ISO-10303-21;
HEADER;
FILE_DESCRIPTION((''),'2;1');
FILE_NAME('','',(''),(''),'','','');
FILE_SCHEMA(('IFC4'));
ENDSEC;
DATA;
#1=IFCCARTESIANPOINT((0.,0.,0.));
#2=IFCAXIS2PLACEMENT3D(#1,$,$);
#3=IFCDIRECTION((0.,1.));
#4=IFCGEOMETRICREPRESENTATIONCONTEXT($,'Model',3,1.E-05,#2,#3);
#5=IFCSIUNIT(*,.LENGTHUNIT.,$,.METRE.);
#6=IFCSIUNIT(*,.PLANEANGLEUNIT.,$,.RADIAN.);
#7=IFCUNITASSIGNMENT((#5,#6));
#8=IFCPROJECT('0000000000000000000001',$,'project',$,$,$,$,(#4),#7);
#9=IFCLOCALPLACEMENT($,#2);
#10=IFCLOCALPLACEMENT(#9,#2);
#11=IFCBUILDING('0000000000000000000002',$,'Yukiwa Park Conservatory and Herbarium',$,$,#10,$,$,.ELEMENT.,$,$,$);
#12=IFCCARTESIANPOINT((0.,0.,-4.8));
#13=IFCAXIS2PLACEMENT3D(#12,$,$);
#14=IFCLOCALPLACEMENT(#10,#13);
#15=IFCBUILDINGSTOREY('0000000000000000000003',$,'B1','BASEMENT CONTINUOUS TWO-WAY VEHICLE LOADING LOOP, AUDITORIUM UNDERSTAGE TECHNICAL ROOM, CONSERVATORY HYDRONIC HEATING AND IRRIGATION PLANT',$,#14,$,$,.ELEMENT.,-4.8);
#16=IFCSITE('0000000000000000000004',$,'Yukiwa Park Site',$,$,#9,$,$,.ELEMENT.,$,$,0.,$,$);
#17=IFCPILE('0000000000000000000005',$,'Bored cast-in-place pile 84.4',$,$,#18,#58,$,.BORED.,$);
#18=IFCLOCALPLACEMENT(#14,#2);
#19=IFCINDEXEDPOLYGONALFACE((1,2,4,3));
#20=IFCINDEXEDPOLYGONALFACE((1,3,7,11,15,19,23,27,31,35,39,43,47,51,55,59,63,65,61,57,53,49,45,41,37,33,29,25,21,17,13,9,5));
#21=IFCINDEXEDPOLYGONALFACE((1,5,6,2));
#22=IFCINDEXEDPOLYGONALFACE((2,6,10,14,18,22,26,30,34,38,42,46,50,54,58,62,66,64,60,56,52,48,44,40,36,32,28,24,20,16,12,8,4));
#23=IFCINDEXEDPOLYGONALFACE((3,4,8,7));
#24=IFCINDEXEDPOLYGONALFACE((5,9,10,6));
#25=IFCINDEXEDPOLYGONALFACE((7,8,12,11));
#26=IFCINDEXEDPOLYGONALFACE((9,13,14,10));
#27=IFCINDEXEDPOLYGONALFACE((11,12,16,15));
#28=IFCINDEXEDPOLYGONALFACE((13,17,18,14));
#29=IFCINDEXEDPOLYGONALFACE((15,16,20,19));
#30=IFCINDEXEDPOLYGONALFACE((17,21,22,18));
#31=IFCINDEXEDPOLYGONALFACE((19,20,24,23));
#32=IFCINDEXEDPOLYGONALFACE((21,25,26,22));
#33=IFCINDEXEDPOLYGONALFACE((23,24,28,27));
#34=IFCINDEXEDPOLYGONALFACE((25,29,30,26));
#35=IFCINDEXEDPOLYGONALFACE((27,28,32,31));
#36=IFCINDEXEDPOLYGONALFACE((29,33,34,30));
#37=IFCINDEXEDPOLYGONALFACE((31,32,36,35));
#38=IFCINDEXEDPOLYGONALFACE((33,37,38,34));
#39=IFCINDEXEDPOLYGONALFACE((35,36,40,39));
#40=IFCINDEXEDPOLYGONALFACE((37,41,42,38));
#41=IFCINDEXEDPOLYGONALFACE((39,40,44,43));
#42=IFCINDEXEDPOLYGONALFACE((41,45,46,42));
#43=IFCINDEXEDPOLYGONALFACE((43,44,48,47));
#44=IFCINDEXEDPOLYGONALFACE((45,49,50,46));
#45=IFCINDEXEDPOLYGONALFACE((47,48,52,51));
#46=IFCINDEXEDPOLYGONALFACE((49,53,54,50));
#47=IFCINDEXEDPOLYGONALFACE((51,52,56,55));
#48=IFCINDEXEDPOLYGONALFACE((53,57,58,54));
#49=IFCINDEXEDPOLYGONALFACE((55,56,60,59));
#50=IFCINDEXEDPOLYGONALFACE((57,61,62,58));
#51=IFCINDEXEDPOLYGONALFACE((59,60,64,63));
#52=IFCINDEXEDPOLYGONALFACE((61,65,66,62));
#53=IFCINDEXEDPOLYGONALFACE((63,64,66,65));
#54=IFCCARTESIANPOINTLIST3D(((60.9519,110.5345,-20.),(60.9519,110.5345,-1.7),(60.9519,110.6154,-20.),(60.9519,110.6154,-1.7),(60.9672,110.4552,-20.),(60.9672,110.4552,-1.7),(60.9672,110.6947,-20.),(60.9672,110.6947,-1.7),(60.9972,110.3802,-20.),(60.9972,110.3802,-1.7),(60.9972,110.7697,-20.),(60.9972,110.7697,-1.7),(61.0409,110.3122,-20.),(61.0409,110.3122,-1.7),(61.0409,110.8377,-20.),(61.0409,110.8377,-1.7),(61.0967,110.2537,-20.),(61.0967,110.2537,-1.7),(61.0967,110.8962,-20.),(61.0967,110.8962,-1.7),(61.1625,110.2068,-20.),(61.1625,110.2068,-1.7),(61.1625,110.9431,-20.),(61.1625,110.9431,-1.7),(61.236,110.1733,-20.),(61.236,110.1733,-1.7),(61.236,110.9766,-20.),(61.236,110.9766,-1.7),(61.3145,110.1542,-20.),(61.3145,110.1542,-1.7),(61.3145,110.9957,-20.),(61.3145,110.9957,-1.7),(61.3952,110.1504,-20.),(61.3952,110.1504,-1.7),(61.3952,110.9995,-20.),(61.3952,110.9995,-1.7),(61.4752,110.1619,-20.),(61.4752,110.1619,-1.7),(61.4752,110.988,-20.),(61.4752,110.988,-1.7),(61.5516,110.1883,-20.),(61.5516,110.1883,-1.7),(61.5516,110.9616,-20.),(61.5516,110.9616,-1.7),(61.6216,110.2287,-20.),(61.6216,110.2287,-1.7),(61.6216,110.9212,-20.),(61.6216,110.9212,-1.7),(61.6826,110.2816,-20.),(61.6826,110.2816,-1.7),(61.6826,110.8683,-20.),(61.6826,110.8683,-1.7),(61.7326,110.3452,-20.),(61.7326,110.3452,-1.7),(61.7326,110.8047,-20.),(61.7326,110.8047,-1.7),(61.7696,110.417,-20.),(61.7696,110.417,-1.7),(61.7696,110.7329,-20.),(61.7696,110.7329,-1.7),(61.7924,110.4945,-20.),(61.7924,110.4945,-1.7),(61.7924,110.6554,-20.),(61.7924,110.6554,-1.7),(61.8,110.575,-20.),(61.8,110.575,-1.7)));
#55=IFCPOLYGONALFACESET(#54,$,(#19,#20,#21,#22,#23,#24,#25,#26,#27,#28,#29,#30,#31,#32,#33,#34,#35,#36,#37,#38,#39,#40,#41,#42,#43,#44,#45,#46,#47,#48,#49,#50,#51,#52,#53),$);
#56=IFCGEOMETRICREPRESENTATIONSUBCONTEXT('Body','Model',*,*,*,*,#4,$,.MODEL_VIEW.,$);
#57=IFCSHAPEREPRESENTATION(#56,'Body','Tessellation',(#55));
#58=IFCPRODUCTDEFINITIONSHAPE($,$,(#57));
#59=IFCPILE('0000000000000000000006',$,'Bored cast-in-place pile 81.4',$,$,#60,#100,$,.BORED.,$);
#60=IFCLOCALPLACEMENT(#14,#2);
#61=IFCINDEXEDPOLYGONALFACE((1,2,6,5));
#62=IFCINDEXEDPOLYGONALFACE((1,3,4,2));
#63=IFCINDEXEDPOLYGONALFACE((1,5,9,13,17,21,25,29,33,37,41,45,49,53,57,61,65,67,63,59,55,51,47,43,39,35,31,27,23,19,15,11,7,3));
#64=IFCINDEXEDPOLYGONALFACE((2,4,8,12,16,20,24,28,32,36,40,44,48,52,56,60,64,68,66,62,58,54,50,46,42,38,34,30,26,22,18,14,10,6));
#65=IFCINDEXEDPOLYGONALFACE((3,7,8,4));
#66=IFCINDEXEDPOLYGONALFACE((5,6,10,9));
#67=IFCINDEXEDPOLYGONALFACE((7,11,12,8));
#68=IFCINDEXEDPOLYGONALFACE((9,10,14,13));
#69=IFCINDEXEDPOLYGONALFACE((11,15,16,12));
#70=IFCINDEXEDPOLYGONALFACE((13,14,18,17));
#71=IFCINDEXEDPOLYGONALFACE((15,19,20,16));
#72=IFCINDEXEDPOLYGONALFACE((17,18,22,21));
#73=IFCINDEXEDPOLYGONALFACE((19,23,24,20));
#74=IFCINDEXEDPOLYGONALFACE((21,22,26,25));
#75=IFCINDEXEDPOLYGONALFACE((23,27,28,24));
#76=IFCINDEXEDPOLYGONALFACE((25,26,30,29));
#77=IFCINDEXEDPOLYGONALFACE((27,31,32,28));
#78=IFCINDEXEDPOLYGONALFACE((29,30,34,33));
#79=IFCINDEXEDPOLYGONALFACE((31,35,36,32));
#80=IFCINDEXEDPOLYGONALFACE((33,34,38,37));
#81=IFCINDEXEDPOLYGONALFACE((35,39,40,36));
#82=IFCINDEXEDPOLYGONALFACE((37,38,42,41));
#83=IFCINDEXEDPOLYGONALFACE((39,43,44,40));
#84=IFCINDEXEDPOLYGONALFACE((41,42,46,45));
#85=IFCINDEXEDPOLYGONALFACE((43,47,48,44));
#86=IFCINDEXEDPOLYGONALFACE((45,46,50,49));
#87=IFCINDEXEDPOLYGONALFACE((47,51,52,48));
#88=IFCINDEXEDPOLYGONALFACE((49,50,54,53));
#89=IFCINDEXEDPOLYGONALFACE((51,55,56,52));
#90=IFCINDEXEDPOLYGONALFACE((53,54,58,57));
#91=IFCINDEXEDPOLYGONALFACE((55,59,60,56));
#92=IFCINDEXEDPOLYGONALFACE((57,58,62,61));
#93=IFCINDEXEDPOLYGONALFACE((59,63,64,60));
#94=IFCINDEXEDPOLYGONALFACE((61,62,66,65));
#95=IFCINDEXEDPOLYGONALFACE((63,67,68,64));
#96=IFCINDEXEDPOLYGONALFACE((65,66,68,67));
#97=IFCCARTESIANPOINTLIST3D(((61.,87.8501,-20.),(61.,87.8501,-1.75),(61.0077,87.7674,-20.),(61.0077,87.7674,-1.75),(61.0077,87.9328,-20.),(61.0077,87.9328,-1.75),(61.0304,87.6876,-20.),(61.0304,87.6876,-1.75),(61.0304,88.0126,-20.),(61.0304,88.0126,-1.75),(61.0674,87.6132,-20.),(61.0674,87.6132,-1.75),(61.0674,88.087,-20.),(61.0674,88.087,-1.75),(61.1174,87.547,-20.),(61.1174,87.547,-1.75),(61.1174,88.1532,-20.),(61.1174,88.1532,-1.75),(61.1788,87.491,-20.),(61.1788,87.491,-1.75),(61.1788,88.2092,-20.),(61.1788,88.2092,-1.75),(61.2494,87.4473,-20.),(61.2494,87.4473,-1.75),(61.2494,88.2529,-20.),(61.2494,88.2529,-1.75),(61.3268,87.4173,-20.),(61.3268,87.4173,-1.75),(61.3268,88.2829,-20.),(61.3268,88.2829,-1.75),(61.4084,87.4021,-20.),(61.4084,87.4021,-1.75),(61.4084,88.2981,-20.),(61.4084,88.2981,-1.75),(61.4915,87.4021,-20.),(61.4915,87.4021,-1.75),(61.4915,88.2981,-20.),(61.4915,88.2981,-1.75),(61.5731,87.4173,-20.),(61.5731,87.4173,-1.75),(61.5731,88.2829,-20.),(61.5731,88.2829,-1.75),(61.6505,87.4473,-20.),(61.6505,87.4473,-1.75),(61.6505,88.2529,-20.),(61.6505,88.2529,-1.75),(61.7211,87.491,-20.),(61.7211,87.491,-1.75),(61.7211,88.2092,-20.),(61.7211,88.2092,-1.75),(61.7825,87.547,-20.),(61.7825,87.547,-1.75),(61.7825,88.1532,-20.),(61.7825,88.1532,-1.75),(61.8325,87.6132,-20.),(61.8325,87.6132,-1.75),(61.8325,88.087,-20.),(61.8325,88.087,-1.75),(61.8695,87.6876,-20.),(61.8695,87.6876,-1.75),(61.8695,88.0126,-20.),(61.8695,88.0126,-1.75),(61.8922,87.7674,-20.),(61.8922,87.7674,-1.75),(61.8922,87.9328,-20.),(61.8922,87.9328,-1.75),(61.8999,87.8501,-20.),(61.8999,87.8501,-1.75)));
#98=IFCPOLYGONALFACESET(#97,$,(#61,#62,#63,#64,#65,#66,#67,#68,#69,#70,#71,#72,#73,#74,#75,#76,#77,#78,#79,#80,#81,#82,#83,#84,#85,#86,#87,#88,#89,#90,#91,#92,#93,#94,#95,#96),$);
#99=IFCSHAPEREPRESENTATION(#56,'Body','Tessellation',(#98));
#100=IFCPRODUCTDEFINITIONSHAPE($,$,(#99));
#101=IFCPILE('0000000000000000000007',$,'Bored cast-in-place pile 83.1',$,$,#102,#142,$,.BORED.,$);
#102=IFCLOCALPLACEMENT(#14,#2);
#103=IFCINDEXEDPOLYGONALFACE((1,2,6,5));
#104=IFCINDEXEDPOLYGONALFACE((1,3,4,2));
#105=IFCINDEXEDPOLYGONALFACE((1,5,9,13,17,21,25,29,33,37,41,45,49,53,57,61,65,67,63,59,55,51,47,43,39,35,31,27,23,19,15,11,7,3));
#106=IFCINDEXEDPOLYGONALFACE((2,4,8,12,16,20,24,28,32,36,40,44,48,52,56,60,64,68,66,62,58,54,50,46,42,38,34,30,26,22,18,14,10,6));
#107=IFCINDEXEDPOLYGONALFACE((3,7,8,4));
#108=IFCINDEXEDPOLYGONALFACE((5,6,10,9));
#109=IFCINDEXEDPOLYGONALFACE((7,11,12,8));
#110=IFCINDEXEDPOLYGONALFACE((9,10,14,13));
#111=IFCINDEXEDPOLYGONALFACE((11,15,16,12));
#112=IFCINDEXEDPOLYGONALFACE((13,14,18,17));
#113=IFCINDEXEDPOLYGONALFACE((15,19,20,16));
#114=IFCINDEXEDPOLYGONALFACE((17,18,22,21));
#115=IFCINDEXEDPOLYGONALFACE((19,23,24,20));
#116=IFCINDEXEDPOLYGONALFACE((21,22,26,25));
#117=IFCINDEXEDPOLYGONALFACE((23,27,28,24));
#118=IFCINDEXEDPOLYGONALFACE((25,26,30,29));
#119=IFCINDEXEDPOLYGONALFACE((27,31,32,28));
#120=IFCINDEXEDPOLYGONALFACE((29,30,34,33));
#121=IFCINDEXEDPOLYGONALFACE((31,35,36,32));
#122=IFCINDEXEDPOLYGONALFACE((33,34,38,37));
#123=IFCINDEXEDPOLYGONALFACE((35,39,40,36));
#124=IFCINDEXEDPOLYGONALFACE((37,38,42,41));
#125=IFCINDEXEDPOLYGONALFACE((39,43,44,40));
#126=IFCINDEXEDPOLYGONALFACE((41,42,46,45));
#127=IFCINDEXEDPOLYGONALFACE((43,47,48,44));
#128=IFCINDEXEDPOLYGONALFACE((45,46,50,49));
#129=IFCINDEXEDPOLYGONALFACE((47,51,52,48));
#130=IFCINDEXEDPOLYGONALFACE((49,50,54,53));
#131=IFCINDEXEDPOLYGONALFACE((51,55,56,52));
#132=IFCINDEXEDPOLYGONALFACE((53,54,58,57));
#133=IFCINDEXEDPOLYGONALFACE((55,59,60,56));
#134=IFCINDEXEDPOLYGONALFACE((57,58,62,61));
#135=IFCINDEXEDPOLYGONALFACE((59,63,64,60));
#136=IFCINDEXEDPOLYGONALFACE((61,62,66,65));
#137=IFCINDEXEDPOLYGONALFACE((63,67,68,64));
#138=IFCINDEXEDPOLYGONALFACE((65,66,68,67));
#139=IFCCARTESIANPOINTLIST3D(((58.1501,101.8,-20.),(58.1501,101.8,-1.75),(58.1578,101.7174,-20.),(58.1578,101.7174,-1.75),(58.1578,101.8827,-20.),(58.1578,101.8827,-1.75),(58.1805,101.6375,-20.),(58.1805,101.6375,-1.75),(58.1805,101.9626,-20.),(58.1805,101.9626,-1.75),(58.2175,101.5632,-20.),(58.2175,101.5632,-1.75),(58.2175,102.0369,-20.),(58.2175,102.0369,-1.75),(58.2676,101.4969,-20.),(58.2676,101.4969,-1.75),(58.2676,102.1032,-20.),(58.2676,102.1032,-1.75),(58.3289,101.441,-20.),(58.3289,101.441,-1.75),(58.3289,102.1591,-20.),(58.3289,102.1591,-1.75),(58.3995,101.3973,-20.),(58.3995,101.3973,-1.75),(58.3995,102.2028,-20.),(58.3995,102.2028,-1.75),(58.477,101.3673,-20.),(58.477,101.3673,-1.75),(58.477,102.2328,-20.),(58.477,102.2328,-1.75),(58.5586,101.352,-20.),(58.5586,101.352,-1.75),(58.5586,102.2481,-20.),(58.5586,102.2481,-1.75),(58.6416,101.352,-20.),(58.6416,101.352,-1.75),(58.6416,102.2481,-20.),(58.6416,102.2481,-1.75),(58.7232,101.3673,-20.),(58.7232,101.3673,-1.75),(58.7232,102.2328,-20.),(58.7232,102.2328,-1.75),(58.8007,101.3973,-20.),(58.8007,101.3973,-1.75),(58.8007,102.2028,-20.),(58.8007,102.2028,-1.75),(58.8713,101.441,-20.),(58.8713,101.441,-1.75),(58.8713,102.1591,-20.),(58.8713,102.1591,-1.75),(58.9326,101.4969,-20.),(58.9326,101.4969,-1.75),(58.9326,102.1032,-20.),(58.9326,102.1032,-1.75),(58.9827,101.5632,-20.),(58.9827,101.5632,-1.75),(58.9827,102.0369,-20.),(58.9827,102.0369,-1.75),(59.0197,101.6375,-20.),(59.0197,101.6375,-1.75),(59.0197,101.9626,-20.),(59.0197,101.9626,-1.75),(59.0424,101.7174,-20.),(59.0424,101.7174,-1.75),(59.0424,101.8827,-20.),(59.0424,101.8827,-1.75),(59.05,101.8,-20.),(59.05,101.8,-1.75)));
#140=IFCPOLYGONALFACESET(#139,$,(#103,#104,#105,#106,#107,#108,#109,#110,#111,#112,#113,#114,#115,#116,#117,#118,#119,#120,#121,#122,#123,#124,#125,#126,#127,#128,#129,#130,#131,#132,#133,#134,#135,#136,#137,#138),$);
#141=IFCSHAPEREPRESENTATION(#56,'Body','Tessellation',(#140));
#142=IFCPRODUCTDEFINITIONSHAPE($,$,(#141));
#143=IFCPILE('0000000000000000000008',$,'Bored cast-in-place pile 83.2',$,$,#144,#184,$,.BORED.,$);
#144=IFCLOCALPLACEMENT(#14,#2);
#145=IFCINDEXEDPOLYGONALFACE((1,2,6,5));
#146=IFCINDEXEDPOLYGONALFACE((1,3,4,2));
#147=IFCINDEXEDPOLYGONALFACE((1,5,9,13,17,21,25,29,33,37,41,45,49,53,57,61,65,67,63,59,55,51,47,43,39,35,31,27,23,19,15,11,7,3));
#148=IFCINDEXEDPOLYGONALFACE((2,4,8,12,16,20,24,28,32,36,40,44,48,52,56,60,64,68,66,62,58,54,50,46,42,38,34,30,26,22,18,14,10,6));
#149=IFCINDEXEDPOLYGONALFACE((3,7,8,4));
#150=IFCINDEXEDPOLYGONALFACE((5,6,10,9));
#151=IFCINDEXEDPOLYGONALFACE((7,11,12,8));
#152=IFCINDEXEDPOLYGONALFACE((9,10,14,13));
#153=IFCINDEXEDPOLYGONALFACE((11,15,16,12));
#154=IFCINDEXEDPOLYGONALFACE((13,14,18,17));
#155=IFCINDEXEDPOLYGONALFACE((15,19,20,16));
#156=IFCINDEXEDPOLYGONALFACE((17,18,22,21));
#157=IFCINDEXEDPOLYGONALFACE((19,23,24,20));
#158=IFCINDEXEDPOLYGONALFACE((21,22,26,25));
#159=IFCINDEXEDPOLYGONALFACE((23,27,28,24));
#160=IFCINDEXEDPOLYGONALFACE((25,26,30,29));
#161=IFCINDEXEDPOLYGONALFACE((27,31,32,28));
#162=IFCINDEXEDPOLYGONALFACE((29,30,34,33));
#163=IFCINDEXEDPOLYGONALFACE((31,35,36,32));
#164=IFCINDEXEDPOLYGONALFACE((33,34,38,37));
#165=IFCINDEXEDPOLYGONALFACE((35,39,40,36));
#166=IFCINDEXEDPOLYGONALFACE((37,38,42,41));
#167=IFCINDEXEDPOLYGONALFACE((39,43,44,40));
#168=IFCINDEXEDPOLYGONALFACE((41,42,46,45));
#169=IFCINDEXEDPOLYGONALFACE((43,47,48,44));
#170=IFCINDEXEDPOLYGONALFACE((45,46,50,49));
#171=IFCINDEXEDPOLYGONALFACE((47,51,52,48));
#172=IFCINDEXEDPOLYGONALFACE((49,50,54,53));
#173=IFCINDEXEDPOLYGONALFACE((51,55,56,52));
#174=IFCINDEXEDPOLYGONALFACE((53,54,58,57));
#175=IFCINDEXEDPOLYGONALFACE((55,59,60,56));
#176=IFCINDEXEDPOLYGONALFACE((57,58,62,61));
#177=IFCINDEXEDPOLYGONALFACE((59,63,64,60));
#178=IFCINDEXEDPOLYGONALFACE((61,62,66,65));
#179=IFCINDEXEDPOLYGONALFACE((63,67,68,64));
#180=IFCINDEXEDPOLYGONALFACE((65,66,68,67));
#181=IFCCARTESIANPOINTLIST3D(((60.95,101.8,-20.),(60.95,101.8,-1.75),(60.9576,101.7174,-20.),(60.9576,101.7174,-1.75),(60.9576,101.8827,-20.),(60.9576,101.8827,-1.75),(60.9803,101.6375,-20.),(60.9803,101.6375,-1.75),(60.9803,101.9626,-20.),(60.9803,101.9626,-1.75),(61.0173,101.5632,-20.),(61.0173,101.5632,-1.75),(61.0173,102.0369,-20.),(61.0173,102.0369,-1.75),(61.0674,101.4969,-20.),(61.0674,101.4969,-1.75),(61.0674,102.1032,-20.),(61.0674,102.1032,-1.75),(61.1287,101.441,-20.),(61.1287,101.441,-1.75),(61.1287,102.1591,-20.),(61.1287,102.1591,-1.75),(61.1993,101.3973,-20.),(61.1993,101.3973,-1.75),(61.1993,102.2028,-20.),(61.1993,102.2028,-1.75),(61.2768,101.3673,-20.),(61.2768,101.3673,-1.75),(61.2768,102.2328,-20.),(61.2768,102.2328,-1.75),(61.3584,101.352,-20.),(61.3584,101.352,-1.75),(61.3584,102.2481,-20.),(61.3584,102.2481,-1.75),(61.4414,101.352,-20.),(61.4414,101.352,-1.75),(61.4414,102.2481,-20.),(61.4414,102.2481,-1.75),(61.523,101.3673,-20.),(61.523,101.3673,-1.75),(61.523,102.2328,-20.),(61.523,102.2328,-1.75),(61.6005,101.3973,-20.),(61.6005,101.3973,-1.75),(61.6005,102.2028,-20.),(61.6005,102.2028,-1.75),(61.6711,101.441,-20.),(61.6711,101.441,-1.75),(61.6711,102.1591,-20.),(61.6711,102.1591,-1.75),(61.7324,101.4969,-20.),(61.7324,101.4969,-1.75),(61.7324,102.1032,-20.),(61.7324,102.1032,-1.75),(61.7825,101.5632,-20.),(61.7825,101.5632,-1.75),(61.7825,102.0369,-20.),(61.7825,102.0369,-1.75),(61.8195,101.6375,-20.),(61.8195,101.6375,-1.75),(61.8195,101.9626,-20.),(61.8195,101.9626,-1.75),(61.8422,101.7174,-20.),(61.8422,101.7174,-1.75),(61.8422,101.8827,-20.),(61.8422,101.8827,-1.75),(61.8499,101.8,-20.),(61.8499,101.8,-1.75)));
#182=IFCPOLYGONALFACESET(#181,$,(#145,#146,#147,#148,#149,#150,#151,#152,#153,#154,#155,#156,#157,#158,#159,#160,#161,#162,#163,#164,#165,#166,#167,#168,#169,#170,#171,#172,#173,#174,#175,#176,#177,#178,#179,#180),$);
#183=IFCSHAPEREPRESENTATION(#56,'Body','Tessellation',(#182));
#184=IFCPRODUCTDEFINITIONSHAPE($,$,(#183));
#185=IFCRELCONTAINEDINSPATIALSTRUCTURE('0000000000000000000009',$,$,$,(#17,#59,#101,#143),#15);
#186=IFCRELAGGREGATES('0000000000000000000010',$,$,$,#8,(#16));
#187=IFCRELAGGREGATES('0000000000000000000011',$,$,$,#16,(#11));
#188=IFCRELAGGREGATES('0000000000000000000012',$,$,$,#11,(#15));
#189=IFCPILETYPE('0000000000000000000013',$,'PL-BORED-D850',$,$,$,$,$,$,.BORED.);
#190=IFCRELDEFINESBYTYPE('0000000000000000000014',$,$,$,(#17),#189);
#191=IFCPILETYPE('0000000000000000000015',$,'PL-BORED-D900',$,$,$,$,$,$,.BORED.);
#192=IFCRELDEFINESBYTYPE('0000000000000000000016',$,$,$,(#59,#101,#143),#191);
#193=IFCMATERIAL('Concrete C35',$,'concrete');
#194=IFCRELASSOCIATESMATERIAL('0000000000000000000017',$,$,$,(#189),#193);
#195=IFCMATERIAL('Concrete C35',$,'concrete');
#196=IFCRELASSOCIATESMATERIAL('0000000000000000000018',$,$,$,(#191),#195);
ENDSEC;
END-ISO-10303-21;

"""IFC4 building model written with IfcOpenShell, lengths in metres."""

from ifc_helpers import new_model, si_unit, direction, frame, origin, origin_2d, place, context, subcontext, project, spatial, circle, extrude, material, material_profile, profile_set, type_object, element, save


model = new_model("IFC4")

# Units and contexts
model_context = context("Model", 3, precision=1e-05, world=origin(), true_north=direction((0.0, 1.0)))
body_context = subcontext(model_context, "Body", "Model", "MODEL_VIEW")
ifc_project = project(units=[si_unit("LENGTHUNIT", "METRE"), si_unit("PLANEANGLEUNIT", "RADIAN")], contexts=[model_context])

# Site, building, storey
site_placement = place(None, origin())
site = spatial("IfcSite", under=ifc_project, at=site_placement, Name="Yukiwa Park Site", CompositionType="ELEMENT", RefElevation=0.0)
building_placement = place(site_placement, origin())
building = spatial("IfcBuilding", under=site, at=building_placement, Name="Yukiwa Park Conservatory and Herbarium", CompositionType="ELEMENT")
storey_placement = place(building_placement, frame((0.0, 0.0, -4.8)))
storey = spatial("IfcBuildingStorey", under=building, at=storey_placement, Name="B1", Description="BASEMENT CONTINUOUS TWO-WAY VEHICLE LOADING LOOP, AUDITORIUM UNDERSTAGE TECHNICAL ROOM, CONSERVATORY HYDRONIC HEATING AND IRRIGATION PLANT", CompositionType="ELEMENT", Elevation=-4.8)

# Piles
ifc_material_1 = material(Name="Concrete C35", Category="concrete")
ifc_material_profile_1 = material_profile(ifc_material_1, circle(Radius=0.425, at=origin_2d()), Name="PILE D850")
ifc_profile_set_1 = profile_set([ifc_material_profile_1], Name="Concrete C35")
pile_type_1 = type_object("IfcPileType", Name="PL-BORED-D850", PredefinedType="BORED", material=ifc_profile_set_1)
for number, where, z_axis, x_axis, name in (
    (1, (61.375, 110.575, -1.7), (0.0, 0.0, -1.0), (1.0, 0.0, 0.0), "Bored cast-in-place pile 84.4"),
):
    element("IfcPile", number, at=place(storey_placement, frame(where, z_axis=z_axis, x_axis=x_axis)), inside=storey, type_object=pile_type_1, Name=name, PredefinedType="BORED", context=body_context, shape_type="SweptSolid", body=[
        extrude(circle(Radius=0.425, at=origin_2d()), origin(), (0.0, 0.0, 1.0), 18.3),
    ])
ifc_material_2 = material(Name="Concrete C35", Category="concrete")
ifc_material_profile_2 = material_profile(ifc_material_2, circle(Radius=0.45, at=origin_2d()), Name="PILE D900")
ifc_profile_set_2 = profile_set([ifc_material_profile_2], Name="Concrete C35")
pile_type_2 = type_object("IfcPileType", Name="PL-BORED-D900", PredefinedType="BORED", material=ifc_profile_set_2)
for number, where, z_axis, x_axis, name in (
    (2, (61.45, 87.8501, -1.75), (0.0, 0.0, -1.0), (1.0, 0.0, 0.0), "Bored cast-in-place pile 81.4"),
    (3, (58.6001, 101.8, -1.75), (0.0, 0.0, -1.0), (1.0, 0.0, 0.0), "Bored cast-in-place pile 83.1"),
    (4, (61.3999, 101.8, -1.75), (0.0, 0.0, -1.0), (1.0, 0.0, 0.0), "Bored cast-in-place pile 83.2"),
):
    element("IfcPile", number, at=place(storey_placement, frame(where, z_axis=z_axis, x_axis=x_axis)), inside=storey, type_object=pile_type_2, Name=name, PredefinedType="BORED", context=body_context, shape_type="SweptSolid", body=[
        extrude(circle(Radius=0.45, at=origin_2d()), origin(), (0.0, 0.0, 1.0), 18.25),
    ])

save(model, "model.ifc")
